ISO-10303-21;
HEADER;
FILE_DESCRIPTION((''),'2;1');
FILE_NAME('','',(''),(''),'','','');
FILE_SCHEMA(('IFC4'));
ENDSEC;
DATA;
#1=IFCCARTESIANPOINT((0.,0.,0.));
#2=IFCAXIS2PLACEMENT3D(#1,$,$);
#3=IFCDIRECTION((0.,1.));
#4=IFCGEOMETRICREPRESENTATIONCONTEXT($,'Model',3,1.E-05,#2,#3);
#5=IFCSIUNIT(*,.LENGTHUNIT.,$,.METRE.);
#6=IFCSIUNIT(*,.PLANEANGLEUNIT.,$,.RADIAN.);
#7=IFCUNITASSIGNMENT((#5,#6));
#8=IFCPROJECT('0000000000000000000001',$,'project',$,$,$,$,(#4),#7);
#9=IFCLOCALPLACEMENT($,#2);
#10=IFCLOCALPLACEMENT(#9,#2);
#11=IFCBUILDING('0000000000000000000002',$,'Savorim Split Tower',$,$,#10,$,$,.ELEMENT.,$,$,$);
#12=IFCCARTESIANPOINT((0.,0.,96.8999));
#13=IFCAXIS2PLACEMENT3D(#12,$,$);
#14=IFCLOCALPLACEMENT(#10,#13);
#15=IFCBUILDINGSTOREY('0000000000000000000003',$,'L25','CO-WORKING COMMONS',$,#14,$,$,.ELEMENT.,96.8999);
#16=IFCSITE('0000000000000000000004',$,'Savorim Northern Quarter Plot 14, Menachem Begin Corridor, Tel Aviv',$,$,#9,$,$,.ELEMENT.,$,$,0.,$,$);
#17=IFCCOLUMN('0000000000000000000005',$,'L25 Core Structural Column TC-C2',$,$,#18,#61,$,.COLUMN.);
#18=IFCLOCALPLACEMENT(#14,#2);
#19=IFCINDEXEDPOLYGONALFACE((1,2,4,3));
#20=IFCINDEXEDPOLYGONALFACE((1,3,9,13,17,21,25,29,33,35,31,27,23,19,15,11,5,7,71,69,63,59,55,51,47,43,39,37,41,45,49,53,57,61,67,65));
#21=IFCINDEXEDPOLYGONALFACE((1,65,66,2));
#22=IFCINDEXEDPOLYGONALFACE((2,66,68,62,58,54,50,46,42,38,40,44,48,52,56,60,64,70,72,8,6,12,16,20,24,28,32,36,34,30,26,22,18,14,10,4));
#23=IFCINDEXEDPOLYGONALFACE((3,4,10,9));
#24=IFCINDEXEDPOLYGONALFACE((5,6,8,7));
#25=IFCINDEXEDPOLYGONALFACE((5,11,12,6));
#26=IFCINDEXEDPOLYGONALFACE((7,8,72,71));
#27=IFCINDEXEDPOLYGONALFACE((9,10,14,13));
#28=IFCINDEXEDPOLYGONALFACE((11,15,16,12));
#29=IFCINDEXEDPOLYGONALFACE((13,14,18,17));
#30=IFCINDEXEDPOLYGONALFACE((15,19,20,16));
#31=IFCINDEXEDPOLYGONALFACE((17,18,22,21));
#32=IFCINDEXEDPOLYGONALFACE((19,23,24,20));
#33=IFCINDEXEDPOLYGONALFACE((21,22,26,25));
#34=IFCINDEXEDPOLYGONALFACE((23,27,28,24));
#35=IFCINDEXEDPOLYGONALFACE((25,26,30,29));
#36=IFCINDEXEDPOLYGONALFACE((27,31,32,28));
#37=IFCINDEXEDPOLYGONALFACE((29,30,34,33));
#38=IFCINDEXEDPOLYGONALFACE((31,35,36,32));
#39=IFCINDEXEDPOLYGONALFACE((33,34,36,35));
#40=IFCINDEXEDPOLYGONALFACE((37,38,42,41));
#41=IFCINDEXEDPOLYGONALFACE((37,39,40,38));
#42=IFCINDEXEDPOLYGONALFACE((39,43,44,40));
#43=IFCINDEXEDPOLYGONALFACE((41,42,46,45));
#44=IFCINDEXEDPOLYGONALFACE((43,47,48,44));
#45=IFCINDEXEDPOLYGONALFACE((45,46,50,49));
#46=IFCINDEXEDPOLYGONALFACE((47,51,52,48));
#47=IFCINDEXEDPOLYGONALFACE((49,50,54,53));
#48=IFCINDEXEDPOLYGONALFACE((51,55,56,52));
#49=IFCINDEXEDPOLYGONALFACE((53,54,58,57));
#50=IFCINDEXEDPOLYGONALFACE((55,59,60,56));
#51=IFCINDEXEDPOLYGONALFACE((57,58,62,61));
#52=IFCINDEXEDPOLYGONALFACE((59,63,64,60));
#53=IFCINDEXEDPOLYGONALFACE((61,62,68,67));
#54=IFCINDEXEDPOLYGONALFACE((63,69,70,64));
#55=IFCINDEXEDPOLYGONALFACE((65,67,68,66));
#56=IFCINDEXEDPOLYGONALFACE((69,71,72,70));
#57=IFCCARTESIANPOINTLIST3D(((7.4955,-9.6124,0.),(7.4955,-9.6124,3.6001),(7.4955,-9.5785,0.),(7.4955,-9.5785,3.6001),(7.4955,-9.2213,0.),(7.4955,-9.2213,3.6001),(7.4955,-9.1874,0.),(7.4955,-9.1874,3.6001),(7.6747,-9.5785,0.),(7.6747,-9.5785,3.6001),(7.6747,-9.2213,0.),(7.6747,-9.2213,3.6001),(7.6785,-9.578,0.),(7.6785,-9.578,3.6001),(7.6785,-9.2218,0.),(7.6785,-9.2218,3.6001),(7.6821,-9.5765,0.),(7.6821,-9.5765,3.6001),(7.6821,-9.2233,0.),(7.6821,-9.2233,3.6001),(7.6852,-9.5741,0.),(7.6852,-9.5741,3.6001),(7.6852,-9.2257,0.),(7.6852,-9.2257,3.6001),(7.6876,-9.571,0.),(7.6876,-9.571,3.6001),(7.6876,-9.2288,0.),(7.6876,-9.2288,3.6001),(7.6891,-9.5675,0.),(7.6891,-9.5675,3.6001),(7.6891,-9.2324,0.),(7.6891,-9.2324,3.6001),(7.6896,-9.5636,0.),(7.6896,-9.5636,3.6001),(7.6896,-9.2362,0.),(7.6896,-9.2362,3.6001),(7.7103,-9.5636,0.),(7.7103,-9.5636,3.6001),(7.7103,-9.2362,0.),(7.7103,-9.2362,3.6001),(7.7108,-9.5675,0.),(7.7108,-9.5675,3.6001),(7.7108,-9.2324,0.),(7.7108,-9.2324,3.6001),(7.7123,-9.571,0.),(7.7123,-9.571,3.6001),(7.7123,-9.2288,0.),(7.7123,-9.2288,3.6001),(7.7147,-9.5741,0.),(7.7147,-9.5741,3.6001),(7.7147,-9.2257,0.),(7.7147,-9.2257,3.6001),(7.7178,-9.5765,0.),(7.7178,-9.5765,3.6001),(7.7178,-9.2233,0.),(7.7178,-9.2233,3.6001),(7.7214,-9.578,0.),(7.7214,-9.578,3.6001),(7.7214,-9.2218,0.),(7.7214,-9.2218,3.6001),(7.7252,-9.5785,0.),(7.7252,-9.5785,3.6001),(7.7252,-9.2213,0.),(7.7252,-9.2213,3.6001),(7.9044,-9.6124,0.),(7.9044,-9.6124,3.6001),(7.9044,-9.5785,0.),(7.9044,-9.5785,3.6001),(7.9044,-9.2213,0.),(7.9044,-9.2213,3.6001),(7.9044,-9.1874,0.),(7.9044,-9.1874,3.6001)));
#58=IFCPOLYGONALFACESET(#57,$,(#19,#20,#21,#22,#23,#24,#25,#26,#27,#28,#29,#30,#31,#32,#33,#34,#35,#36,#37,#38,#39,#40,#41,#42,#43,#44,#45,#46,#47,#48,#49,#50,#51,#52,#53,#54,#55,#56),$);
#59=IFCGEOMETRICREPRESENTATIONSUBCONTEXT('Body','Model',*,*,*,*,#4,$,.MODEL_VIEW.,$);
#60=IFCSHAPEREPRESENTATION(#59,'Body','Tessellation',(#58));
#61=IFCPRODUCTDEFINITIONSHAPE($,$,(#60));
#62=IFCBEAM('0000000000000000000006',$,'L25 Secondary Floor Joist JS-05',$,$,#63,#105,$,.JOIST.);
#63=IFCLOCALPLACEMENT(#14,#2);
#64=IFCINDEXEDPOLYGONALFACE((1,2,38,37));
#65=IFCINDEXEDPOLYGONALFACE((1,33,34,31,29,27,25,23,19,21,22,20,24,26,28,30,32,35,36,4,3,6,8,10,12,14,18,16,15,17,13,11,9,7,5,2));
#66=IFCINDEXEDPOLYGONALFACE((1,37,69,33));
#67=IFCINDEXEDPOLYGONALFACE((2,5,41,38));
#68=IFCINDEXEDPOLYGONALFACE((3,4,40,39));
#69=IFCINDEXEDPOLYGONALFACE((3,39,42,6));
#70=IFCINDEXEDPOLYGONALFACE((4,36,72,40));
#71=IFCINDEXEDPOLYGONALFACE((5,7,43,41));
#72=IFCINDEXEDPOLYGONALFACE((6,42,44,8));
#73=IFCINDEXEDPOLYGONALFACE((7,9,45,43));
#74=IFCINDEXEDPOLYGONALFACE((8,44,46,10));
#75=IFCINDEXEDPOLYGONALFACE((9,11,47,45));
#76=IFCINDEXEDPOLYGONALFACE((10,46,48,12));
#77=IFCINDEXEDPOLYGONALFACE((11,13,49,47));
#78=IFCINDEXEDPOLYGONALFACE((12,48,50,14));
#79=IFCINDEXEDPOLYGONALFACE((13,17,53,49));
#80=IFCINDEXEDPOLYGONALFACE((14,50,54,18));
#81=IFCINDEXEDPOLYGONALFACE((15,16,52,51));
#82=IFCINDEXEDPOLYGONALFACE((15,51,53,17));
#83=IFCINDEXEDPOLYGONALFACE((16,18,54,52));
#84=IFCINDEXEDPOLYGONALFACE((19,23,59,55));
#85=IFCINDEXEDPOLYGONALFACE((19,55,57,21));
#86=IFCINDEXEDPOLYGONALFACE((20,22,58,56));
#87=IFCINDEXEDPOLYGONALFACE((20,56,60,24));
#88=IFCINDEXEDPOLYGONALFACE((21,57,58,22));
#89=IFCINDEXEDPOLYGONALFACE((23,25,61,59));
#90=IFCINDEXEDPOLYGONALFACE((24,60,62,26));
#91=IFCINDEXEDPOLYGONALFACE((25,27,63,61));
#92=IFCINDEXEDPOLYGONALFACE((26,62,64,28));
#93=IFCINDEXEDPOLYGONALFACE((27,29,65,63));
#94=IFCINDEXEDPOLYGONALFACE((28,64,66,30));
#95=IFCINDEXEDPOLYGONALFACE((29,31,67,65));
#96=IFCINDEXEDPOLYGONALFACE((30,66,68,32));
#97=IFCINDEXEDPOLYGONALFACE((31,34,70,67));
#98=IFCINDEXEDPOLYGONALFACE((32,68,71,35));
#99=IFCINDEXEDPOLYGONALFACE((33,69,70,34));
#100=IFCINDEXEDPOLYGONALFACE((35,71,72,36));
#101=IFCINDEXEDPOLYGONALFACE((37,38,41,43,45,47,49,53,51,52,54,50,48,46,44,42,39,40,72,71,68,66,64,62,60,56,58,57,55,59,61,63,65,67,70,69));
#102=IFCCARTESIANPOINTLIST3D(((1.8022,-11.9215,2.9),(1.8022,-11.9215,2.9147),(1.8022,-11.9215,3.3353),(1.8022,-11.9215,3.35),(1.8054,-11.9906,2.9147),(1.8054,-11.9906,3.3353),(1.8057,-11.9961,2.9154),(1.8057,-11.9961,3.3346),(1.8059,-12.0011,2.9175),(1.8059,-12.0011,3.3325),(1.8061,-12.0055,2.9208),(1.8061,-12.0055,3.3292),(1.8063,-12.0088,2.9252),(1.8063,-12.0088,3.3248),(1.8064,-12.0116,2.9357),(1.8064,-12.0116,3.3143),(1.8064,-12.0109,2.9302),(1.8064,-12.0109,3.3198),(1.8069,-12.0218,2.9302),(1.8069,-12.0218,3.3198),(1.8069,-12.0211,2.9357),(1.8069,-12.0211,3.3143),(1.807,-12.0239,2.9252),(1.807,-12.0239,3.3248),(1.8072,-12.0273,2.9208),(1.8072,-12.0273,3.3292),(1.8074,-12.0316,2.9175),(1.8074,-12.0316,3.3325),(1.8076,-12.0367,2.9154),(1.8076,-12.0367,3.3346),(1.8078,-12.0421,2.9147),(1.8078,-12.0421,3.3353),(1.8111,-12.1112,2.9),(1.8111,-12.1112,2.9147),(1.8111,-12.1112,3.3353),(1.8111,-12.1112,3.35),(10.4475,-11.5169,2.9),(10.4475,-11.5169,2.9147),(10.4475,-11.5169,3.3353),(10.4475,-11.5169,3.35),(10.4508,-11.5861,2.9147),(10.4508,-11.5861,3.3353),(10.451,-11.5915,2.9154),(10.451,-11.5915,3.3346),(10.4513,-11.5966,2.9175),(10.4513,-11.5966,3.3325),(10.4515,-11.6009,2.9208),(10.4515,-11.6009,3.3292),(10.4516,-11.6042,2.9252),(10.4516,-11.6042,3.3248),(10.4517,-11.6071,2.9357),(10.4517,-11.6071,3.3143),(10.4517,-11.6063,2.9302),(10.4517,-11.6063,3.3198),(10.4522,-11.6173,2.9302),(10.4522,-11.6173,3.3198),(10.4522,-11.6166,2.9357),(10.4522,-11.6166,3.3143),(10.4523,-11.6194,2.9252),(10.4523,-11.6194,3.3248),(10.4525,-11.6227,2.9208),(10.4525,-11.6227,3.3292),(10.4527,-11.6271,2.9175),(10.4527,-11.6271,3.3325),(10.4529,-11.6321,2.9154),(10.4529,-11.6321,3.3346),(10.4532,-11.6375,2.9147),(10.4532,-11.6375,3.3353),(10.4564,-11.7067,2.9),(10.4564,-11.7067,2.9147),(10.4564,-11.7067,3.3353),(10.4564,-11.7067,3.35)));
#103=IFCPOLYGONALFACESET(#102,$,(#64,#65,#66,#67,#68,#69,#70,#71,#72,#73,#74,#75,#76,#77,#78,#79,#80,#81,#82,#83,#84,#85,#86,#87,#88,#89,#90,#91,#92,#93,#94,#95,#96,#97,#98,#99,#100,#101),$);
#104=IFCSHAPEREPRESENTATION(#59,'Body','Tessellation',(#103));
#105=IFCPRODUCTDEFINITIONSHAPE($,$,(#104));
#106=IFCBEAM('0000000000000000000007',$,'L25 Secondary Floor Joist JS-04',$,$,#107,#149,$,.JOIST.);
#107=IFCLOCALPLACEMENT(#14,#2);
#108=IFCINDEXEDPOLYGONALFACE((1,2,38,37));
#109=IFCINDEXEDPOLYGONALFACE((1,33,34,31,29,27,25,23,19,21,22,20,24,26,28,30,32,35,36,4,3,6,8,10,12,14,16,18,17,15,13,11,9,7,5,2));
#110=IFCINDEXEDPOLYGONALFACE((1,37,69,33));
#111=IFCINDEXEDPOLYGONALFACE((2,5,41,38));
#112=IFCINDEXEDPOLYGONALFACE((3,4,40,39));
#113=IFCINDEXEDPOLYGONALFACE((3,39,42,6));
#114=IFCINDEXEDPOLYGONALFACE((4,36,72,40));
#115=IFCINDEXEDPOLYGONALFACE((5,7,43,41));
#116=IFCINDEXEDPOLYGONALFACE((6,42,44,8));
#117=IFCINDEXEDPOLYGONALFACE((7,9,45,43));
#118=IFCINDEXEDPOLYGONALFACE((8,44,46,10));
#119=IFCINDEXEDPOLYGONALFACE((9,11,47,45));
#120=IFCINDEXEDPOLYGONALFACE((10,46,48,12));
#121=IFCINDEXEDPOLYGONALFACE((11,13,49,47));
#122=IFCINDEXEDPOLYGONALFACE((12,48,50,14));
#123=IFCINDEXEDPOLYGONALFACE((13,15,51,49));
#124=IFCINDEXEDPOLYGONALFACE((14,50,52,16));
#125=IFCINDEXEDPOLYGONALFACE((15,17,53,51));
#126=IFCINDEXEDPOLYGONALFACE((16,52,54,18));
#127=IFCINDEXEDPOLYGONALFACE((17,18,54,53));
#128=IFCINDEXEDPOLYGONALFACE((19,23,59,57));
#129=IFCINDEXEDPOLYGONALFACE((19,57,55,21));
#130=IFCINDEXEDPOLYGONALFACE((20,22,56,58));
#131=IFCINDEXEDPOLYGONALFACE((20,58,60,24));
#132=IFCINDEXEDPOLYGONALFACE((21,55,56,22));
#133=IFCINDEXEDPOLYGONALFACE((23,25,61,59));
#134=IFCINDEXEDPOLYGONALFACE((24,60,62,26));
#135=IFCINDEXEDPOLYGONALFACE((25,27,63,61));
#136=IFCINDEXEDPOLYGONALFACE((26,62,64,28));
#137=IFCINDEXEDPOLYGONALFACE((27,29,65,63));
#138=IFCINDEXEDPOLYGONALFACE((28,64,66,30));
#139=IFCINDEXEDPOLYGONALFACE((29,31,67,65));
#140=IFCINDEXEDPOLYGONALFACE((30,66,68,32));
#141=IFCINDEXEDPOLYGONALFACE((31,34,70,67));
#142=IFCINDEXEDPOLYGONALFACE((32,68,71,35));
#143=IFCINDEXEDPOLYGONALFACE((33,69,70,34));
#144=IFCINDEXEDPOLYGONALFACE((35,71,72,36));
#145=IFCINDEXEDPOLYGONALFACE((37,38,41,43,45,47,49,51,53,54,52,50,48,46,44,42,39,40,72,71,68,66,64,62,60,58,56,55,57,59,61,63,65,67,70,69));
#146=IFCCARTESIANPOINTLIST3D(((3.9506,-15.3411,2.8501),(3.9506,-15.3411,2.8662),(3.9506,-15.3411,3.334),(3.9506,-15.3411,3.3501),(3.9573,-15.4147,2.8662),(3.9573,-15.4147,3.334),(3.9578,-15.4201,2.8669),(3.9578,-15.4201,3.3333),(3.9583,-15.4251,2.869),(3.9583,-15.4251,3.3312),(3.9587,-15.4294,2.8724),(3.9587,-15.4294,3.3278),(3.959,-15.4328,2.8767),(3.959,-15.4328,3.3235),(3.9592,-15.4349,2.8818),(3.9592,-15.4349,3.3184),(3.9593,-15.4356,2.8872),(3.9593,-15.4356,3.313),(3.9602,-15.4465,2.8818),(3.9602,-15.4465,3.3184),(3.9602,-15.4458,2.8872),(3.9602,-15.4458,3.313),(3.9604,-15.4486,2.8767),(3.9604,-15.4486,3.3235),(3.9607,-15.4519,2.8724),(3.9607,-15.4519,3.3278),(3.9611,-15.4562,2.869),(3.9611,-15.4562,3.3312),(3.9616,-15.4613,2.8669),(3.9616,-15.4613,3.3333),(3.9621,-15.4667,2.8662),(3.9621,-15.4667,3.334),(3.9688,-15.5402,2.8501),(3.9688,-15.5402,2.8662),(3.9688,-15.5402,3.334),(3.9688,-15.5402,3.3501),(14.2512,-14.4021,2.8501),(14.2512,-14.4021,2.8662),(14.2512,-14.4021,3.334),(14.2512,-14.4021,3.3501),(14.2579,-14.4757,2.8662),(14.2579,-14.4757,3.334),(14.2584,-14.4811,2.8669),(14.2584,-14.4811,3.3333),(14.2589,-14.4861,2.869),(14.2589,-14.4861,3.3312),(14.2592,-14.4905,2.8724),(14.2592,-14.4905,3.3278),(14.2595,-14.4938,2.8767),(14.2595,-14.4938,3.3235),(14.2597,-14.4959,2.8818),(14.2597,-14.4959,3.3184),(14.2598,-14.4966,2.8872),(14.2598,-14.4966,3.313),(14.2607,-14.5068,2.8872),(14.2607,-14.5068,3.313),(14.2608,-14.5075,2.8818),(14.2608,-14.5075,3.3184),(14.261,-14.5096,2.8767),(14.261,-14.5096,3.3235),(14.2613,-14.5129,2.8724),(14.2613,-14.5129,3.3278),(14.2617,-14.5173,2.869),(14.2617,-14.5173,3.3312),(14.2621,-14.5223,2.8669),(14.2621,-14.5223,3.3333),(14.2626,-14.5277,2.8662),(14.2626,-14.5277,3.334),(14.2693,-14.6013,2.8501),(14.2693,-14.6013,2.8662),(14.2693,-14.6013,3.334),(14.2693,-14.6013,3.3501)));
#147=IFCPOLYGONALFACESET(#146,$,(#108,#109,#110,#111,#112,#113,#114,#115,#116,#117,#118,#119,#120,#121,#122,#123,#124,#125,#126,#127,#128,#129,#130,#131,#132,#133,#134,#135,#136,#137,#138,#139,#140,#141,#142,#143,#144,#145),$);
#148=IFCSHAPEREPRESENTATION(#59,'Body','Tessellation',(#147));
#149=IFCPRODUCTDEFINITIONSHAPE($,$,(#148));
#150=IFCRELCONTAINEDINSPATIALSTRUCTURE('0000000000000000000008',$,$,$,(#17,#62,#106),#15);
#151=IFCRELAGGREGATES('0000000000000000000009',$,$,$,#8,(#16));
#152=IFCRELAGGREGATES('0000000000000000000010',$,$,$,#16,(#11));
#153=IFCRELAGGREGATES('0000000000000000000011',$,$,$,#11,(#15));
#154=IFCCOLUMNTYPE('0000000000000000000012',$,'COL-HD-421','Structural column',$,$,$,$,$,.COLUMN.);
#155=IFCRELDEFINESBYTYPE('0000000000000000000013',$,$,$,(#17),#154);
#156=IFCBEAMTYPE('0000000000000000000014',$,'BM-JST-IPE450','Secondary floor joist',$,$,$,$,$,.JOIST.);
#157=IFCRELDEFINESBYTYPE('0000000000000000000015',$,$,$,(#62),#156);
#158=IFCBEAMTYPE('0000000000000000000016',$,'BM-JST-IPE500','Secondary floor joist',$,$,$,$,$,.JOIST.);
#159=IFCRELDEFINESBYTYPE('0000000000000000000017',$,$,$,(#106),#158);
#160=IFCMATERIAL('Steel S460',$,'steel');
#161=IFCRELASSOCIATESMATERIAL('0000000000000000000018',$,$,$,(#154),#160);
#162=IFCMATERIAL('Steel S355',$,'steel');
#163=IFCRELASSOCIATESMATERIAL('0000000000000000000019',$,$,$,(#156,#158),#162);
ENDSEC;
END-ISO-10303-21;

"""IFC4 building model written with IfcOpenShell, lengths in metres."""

from ifc_helpers import new_model, si_unit, direction, frame, origin, origin_2d, place, context, subcontext, project, spatial, i_section, extrude, material, material_profile, profile_set, type_object, element, save


model = new_model("IFC4")

# Units and contexts
model_context = context("Model", 3, precision=1e-05, world=origin(), true_north=direction((0.0, 1.0)))
body_context = subcontext(model_context, "Body", "Model", "MODEL_VIEW")
ifc_project = project(units=[si_unit("LENGTHUNIT", "METRE"), si_unit("PLANEANGLEUNIT", "RADIAN")], contexts=[model_context])

# Site, building, storey
site_placement = place(None, origin())
site = spatial("IfcSite", under=ifc_project, at=site_placement, Name="Savorim Northern Quarter Plot 14, Menachem Begin Corridor, Tel Aviv", CompositionType="ELEMENT", RefElevation=0.0)
building_placement = place(site_placement, origin())
building = spatial("IfcBuilding", under=site, at=building_placement, Name="Savorim Split Tower", CompositionType="ELEMENT")
storey_placement = place(building_placement, frame((0.0, 0.0, 96.8999)))
storey = spatial("IfcBuildingStorey", under=building, at=storey_placement, Name="L25", Description="CO-WORKING COMMONS", CompositionType="ELEMENT", Elevation=96.8999)

# Column
ifc_material_1 = material(Name="Steel S460", Category="steel")
ifc_material_profile_1 = material_profile(ifc_material_1, i_section(OverallWidth=0.4089, OverallDepth=0.425, WebThickness=0.0208, FlangeThickness=0.0339, FilletRadius=0.0149, at=origin_2d()), Name="HD 400x421")
ifc_profile_set_1 = profile_set([ifc_material_profile_1], Name="Steel S460")
column_type = type_object("IfcColumnType", Name="COL-HD-421", Description="Structural column", PredefinedType="COLUMN", material=ifc_profile_set_1)
column_placement = place(storey_placement, frame((7.7, -9.3999, 0.0), z_axis=(0.0, 0.0, 1.0), x_axis=(1.0, 0.0, 0.0)))
element("IfcColumn", 1, at=column_placement, inside=storey, type_object=column_type, Name="L25 Core Structural Column TC-C2", PredefinedType="COLUMN", context=body_context, shape_type="SweptSolid", body=[
    extrude(i_section(OverallWidth=0.4089, OverallDepth=0.425, WebThickness=0.0208, FlangeThickness=0.0339, FilletRadius=0.0149, at=origin_2d()), origin(), (0.0, 0.0, 1.0), 3.6001),
])

# Beams
ifc_material_2 = material(Name="Steel S355", Category="steel")
ifc_material_profile_2 = material_profile(ifc_material_2, i_section(OverallWidth=0.1899, OverallDepth=0.45, WebThickness=0.0095, FlangeThickness=0.0146, FilletRadius=0.021, at=origin_2d()), Name="IPE 450")
ifc_profile_set_2 = profile_set([ifc_material_profile_2], Name="Steel S355")
beam_type_1 = type_object("IfcBeamType", Name="BM-JST-IPE450", Description="Secondary floor joist", PredefinedType="JOIST", material=ifc_profile_set_2)
beam_1_placement = place(storey_placement, frame((1.8066, -12.0164, 3.125), z_axis=(0.998907, 0.046742, 0.0), x_axis=(-0.046742, 0.998907, 0.0)))
element("IfcBeam", 2, at=beam_1_placement, inside=storey, type_object=beam_type_1, Name="L25 Secondary Floor Joist JS-05", PredefinedType="JOIST", context=body_context, shape_type="SweptSolid", body=[
    extrude(i_section(OverallWidth=0.1899, OverallDepth=0.45, WebThickness=0.0095, FlangeThickness=0.0146, FilletRadius=0.021, at=origin_2d()), origin(), (0.0, 0.0, 1.0), 8.6548),
])
ifc_material_profile_3 = material_profile(ifc_material_2, i_section(OverallWidth=0.2, OverallDepth=0.5, WebThickness=0.0103, FlangeThickness=0.0161, FilletRadius=0.021, at=origin_2d()), Name="IPE 500")
ifc_profile_set_3 = profile_set([ifc_material_profile_3], Name="Steel S355")
beam_type_2 = type_object("IfcBeamType", Name="BM-JST-IPE500", Description="Secondary floor joist", PredefinedType="JOIST", material=ifc_profile_set_3)
beam_2_placement = place(storey_placement, frame((3.9597, -15.4407, 3.1001), z_axis=(0.995871, 0.09078, 0.0), x_axis=(-0.09078, 0.995871, 0.0)))
element("IfcBeam", 3, at=beam_2_placement, inside=storey, type_object=beam_type_2, Name="L25 Secondary Floor Joist JS-04", PredefinedType="JOIST", context=body_context, shape_type="SweptSolid", body=[
    extrude(i_section(OverallWidth=0.2, OverallDepth=0.5, WebThickness=0.0103, FlangeThickness=0.0161, FilletRadius=0.021, at=origin_2d()), origin(), (0.0, 0.0, 1.0), 10.3433),
])

save(model, "model.ifc")
